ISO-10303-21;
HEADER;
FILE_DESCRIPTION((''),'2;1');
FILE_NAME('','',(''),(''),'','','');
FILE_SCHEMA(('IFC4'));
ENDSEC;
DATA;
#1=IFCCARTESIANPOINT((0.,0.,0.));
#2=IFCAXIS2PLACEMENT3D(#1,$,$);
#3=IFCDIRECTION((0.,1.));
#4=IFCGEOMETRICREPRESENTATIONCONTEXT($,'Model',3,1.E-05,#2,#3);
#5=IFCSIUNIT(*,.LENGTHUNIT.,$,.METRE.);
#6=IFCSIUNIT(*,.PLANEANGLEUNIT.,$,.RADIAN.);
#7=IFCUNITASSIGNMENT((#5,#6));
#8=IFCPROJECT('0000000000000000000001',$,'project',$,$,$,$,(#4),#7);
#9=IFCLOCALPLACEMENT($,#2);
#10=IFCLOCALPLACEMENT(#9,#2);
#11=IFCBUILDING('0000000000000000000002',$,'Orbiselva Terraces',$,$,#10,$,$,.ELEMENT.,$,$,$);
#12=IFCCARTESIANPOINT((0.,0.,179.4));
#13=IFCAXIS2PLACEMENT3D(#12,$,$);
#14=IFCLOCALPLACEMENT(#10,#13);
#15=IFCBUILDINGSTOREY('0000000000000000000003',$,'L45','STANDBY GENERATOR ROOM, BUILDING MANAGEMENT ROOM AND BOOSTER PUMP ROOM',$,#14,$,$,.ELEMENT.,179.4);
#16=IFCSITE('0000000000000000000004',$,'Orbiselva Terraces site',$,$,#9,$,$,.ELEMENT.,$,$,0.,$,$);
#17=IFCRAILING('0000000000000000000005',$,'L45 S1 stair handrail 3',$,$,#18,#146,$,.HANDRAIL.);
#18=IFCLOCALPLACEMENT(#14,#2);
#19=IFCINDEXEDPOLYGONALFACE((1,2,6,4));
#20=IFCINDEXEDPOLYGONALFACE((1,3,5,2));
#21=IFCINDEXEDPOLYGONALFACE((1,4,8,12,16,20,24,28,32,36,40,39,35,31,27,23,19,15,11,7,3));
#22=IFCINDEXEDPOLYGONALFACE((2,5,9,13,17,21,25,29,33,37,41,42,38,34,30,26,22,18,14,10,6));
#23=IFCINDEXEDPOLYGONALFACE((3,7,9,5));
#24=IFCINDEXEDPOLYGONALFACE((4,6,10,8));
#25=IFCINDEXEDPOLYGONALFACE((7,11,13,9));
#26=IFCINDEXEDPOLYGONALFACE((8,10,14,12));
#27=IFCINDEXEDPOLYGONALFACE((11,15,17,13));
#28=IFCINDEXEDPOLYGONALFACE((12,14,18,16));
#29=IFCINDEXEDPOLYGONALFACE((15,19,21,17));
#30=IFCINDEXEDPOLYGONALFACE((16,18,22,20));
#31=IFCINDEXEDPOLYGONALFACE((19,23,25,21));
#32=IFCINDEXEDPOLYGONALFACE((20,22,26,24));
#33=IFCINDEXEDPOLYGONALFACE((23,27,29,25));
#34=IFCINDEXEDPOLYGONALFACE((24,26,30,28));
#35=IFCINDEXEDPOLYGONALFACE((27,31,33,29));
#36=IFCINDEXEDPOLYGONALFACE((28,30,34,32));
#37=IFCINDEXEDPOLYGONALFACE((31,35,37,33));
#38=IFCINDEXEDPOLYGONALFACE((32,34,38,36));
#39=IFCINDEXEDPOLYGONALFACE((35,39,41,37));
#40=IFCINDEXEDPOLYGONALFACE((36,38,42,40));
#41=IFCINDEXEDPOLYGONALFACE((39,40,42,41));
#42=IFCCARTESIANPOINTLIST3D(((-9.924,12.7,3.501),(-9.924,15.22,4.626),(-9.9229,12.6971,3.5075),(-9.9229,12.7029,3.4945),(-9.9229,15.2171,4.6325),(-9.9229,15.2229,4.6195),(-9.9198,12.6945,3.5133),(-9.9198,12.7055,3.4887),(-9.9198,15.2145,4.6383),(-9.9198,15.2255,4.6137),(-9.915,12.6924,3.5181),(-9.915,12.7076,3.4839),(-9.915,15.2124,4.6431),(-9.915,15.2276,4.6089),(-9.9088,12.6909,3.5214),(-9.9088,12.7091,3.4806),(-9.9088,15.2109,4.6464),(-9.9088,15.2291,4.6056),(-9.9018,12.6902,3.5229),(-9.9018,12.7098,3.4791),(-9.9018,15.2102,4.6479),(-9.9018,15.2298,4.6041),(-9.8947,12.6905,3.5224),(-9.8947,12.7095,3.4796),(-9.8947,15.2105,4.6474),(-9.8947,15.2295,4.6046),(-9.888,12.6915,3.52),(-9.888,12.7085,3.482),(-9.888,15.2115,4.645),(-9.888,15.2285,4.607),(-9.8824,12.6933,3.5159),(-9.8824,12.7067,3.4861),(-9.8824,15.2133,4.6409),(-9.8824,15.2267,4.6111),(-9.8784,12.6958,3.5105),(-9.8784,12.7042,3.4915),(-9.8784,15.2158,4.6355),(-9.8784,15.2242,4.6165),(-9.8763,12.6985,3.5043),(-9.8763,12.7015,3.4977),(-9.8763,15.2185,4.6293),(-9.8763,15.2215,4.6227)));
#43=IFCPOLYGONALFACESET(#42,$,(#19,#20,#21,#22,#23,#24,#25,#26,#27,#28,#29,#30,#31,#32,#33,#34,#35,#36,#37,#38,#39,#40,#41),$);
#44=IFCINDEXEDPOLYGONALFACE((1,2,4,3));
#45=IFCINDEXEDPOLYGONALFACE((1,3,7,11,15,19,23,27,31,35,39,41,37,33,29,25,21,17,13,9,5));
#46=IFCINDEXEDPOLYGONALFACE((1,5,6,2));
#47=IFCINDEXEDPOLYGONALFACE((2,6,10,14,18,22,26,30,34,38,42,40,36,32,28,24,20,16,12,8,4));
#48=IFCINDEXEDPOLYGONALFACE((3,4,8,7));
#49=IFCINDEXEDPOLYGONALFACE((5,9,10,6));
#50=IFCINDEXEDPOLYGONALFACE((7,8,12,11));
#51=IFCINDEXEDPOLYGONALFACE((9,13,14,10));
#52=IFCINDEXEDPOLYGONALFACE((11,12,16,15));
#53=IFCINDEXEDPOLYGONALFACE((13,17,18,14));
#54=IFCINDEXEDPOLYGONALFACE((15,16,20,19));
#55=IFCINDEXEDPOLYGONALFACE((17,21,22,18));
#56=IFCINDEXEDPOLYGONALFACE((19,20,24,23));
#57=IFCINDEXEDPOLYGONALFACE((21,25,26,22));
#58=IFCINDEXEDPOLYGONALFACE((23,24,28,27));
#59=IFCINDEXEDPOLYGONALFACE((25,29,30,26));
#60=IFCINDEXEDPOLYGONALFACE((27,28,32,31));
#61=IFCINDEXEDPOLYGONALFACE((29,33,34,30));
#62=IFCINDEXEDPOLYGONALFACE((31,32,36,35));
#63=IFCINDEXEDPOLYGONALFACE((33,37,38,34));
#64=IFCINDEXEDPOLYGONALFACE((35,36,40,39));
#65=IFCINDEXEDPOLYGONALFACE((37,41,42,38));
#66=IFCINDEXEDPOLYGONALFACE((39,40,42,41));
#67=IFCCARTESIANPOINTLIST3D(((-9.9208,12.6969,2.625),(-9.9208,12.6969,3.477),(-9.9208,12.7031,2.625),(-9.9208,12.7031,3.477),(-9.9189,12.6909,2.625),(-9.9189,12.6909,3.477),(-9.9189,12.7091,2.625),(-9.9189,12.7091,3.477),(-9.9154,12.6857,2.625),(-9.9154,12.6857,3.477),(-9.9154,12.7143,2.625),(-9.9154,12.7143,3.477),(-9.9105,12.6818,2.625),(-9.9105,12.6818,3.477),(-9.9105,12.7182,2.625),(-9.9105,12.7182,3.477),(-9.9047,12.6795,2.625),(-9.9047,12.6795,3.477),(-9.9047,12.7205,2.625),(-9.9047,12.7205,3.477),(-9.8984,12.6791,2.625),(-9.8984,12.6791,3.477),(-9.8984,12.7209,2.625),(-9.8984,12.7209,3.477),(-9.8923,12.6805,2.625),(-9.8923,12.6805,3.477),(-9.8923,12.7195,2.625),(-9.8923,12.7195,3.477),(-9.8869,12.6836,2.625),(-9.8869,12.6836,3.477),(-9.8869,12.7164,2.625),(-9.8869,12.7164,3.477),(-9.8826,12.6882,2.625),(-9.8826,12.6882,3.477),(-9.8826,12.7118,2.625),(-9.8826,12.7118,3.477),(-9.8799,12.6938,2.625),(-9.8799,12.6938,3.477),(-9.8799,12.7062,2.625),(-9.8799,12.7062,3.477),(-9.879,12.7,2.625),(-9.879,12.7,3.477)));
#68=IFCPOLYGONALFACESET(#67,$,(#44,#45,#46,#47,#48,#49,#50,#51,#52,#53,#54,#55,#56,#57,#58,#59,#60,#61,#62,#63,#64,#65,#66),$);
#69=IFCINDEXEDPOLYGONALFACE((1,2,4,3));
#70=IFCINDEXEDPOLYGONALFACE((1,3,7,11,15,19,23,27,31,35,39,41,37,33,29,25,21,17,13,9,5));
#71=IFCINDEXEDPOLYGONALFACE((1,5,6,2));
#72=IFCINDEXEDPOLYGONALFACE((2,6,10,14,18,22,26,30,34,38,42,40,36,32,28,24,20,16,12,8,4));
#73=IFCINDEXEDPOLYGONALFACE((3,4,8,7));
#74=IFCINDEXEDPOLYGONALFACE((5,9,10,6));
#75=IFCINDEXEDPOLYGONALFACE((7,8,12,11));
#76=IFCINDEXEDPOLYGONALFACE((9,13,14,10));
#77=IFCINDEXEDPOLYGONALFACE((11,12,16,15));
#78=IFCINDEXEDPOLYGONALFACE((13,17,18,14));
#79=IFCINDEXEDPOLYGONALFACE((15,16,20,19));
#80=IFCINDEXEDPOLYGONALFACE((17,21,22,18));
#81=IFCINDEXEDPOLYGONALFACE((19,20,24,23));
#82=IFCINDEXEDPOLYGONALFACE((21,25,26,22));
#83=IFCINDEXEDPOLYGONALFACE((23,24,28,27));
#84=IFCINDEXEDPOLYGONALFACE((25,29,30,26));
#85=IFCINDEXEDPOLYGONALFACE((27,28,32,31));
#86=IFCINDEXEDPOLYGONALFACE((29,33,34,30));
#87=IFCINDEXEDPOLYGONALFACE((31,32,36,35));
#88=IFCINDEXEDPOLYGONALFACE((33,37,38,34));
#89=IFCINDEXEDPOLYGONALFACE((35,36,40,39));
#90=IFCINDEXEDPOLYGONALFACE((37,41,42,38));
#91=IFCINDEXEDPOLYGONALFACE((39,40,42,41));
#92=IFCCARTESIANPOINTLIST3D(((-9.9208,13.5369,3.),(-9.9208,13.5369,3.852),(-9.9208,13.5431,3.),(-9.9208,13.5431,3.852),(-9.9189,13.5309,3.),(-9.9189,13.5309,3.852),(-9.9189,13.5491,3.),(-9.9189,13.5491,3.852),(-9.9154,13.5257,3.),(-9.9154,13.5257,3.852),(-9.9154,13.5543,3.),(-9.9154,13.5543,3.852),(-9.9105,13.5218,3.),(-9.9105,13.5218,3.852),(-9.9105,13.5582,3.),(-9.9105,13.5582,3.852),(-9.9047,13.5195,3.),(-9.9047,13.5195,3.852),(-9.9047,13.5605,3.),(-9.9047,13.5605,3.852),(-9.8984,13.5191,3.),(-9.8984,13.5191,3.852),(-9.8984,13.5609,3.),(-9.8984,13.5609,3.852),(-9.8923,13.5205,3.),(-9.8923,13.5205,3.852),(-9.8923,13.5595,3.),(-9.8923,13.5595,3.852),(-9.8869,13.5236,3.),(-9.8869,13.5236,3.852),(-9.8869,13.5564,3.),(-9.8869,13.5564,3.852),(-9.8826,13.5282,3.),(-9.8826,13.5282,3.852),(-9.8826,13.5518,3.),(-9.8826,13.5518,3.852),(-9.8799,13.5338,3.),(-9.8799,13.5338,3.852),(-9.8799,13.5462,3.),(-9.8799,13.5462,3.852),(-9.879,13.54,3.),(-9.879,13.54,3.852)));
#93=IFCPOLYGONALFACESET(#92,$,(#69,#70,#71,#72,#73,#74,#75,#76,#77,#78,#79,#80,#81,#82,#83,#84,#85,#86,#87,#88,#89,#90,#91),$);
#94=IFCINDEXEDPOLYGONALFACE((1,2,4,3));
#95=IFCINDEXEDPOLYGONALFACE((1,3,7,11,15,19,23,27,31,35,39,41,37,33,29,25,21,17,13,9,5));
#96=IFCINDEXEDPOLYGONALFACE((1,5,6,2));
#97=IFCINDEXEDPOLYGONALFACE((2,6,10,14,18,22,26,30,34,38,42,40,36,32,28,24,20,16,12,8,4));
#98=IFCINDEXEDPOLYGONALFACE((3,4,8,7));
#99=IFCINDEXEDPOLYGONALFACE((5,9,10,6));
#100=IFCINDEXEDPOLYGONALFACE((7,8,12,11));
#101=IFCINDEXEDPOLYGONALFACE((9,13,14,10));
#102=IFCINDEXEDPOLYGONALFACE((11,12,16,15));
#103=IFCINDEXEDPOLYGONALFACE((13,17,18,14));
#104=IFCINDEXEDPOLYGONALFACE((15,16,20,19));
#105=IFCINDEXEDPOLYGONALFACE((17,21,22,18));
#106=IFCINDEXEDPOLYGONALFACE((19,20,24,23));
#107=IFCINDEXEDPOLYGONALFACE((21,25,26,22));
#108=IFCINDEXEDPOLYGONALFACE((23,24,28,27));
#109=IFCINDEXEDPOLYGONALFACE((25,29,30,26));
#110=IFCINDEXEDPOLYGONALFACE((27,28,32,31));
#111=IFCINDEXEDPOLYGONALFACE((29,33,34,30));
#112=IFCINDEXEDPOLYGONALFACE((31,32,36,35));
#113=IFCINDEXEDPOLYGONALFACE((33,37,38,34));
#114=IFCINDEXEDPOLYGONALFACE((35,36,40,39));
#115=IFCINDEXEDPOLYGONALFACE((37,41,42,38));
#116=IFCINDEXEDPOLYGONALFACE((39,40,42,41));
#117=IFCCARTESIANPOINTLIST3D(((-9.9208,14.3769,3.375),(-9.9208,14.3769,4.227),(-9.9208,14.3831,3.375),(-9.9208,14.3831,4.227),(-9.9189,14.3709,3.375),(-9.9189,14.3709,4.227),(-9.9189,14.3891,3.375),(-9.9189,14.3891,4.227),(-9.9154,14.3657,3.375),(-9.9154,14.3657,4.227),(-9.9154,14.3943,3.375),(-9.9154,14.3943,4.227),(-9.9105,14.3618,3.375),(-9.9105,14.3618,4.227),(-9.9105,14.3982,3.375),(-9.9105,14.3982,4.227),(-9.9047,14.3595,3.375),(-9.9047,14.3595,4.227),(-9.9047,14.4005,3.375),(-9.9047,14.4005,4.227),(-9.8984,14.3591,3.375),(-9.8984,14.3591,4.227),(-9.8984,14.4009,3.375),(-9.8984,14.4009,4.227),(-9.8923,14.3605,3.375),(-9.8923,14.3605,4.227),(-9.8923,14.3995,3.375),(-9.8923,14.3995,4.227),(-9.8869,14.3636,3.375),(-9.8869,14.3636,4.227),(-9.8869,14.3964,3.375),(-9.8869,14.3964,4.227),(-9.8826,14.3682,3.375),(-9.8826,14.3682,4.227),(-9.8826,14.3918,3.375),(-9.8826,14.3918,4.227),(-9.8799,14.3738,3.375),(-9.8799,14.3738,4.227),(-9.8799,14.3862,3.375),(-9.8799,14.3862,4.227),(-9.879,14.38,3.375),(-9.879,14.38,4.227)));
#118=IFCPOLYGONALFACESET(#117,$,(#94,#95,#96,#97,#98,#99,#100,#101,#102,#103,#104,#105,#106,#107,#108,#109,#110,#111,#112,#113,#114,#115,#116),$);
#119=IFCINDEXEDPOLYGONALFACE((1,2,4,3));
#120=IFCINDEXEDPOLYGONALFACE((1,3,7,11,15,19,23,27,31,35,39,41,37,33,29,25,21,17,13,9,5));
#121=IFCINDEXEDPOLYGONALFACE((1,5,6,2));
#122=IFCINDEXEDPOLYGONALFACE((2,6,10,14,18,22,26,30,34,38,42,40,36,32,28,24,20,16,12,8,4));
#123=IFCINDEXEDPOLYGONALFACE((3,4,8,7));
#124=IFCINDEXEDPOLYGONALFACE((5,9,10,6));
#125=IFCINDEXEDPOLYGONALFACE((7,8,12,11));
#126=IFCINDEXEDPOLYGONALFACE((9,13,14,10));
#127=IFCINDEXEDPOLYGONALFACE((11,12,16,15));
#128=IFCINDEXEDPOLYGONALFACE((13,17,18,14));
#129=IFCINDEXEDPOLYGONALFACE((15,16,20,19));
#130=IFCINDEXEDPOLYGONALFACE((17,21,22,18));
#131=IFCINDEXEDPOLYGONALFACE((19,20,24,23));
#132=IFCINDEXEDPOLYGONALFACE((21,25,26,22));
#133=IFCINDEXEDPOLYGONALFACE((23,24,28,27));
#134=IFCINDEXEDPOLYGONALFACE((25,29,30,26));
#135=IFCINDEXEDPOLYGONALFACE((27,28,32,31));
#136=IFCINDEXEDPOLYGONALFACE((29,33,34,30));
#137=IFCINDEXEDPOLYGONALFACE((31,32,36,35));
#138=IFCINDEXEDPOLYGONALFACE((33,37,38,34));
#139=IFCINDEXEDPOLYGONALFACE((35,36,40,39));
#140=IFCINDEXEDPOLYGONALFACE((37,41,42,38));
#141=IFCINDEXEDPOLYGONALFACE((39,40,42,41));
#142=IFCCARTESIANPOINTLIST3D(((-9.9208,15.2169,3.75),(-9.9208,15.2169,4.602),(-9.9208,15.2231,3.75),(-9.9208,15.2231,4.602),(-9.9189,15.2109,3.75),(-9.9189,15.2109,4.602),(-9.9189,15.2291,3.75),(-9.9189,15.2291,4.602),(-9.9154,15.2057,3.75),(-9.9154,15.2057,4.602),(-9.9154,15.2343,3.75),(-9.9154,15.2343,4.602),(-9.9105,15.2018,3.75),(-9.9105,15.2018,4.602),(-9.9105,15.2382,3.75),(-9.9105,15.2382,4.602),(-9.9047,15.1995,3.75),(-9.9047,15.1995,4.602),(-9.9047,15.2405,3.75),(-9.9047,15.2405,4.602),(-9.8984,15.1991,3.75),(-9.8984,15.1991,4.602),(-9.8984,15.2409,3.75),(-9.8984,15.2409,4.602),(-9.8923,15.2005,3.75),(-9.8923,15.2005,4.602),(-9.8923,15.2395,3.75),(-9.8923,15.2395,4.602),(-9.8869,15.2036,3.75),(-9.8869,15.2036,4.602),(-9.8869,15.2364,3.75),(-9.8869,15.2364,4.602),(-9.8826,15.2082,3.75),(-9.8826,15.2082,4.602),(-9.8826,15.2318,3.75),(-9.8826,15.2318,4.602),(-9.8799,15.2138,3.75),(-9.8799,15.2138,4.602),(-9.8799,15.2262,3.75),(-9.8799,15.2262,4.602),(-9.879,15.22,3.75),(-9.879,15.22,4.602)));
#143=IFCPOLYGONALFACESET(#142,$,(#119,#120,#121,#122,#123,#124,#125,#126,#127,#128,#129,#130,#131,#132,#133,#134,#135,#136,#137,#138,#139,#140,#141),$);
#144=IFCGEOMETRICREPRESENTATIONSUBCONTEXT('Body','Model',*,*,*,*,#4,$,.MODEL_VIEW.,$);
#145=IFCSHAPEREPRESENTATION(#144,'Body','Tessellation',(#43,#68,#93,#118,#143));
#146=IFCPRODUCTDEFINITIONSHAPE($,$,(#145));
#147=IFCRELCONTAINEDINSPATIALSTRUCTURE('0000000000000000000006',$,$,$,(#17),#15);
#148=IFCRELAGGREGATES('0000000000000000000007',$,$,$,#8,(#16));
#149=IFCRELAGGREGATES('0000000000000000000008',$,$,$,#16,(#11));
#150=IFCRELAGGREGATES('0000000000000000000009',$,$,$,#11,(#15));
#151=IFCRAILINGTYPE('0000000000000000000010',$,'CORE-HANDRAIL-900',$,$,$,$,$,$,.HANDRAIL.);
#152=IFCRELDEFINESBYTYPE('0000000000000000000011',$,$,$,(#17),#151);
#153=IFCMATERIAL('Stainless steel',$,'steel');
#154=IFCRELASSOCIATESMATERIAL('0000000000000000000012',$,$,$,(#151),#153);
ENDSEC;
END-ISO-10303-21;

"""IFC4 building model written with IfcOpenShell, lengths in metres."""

from ifc_helpers import new_model, si_unit, direction, frame, origin, origin_2d, place, context, subcontext, project, spatial, circle, extrude, material, type_object, element, save


model = new_model("IFC4")

# Units and contexts
model_context = context("Model", 3, precision=1e-05, world=origin(), true_north=direction((0.0, 1.0)))
body_context = subcontext(model_context, "Body", "Model", "MODEL_VIEW")
ifc_project = project(units=[si_unit("LENGTHUNIT", "METRE"), si_unit("PLANEANGLEUNIT", "RADIAN")], contexts=[model_context])

# Site, building, storey
site_placement = place(None, origin())
site = spatial("IfcSite", under=ifc_project, at=site_placement, Name="Orbiselva Terraces site", CompositionType="ELEMENT", RefElevation=0.0)
building_placement = place(site_placement, origin())
building = spatial("IfcBuilding", under=site, at=building_placement, Name="Orbiselva Terraces", CompositionType="ELEMENT")
storey_placement = place(building_placement, frame((0.0, 0.0, 179.4)))
storey = spatial("IfcBuildingStorey", under=building, at=storey_placement, Name="L45", Description="STANDBY GENERATOR ROOM, BUILDING MANAGEMENT ROOM AND BOOSTER PUMP ROOM", CompositionType="ELEMENT", Elevation=179.4)

# Railing
ifc_material_1 = material(Name="Stainless steel", Category="steel")
railing_type = type_object("IfcRailingType", Name="CORE-HANDRAIL-900", PredefinedType="HANDRAIL", material=ifc_material_1)
railing_1_placement = place(storey_placement, frame((-9.9, 12.7, 2.625)))
element("IfcRailing", 1, at=railing_1_placement, inside=storey, type_object=railing_type, Name="L45 S1 stair handrail 3", PredefinedType="HANDRAIL", context=body_context, shape_type="SweptSolid", body=[
    extrude(circle(Radius=0.024, at=origin_2d()), frame((0.0, 0.0, 0.876), z_axis=(0.0, 0.913138, 0.407651), x_axis=(-1.0, 0.0, 0.0)), (0.0, 0.0, 1.0), 2.7597),
    extrude(circle(Radius=0.021, at=origin_2d()), origin(), (0.0, 0.0, 1.0), 0.852),
    extrude(circle(Radius=0.021, at=origin_2d()), frame((0.0, 0.84, 0.375)), (0.0, 0.0, 1.0), 0.852),
    extrude(circle(Radius=0.021, at=origin_2d()), frame((0.0, 1.68, 0.75)), (0.0, 0.0, 1.0), 0.852),
    extrude(circle(Radius=0.021, at=origin_2d()), frame((0.0, 2.52, 1.125)), (0.0, 0.0, 1.0), 0.852),
])

save(model, "model.ifc")
